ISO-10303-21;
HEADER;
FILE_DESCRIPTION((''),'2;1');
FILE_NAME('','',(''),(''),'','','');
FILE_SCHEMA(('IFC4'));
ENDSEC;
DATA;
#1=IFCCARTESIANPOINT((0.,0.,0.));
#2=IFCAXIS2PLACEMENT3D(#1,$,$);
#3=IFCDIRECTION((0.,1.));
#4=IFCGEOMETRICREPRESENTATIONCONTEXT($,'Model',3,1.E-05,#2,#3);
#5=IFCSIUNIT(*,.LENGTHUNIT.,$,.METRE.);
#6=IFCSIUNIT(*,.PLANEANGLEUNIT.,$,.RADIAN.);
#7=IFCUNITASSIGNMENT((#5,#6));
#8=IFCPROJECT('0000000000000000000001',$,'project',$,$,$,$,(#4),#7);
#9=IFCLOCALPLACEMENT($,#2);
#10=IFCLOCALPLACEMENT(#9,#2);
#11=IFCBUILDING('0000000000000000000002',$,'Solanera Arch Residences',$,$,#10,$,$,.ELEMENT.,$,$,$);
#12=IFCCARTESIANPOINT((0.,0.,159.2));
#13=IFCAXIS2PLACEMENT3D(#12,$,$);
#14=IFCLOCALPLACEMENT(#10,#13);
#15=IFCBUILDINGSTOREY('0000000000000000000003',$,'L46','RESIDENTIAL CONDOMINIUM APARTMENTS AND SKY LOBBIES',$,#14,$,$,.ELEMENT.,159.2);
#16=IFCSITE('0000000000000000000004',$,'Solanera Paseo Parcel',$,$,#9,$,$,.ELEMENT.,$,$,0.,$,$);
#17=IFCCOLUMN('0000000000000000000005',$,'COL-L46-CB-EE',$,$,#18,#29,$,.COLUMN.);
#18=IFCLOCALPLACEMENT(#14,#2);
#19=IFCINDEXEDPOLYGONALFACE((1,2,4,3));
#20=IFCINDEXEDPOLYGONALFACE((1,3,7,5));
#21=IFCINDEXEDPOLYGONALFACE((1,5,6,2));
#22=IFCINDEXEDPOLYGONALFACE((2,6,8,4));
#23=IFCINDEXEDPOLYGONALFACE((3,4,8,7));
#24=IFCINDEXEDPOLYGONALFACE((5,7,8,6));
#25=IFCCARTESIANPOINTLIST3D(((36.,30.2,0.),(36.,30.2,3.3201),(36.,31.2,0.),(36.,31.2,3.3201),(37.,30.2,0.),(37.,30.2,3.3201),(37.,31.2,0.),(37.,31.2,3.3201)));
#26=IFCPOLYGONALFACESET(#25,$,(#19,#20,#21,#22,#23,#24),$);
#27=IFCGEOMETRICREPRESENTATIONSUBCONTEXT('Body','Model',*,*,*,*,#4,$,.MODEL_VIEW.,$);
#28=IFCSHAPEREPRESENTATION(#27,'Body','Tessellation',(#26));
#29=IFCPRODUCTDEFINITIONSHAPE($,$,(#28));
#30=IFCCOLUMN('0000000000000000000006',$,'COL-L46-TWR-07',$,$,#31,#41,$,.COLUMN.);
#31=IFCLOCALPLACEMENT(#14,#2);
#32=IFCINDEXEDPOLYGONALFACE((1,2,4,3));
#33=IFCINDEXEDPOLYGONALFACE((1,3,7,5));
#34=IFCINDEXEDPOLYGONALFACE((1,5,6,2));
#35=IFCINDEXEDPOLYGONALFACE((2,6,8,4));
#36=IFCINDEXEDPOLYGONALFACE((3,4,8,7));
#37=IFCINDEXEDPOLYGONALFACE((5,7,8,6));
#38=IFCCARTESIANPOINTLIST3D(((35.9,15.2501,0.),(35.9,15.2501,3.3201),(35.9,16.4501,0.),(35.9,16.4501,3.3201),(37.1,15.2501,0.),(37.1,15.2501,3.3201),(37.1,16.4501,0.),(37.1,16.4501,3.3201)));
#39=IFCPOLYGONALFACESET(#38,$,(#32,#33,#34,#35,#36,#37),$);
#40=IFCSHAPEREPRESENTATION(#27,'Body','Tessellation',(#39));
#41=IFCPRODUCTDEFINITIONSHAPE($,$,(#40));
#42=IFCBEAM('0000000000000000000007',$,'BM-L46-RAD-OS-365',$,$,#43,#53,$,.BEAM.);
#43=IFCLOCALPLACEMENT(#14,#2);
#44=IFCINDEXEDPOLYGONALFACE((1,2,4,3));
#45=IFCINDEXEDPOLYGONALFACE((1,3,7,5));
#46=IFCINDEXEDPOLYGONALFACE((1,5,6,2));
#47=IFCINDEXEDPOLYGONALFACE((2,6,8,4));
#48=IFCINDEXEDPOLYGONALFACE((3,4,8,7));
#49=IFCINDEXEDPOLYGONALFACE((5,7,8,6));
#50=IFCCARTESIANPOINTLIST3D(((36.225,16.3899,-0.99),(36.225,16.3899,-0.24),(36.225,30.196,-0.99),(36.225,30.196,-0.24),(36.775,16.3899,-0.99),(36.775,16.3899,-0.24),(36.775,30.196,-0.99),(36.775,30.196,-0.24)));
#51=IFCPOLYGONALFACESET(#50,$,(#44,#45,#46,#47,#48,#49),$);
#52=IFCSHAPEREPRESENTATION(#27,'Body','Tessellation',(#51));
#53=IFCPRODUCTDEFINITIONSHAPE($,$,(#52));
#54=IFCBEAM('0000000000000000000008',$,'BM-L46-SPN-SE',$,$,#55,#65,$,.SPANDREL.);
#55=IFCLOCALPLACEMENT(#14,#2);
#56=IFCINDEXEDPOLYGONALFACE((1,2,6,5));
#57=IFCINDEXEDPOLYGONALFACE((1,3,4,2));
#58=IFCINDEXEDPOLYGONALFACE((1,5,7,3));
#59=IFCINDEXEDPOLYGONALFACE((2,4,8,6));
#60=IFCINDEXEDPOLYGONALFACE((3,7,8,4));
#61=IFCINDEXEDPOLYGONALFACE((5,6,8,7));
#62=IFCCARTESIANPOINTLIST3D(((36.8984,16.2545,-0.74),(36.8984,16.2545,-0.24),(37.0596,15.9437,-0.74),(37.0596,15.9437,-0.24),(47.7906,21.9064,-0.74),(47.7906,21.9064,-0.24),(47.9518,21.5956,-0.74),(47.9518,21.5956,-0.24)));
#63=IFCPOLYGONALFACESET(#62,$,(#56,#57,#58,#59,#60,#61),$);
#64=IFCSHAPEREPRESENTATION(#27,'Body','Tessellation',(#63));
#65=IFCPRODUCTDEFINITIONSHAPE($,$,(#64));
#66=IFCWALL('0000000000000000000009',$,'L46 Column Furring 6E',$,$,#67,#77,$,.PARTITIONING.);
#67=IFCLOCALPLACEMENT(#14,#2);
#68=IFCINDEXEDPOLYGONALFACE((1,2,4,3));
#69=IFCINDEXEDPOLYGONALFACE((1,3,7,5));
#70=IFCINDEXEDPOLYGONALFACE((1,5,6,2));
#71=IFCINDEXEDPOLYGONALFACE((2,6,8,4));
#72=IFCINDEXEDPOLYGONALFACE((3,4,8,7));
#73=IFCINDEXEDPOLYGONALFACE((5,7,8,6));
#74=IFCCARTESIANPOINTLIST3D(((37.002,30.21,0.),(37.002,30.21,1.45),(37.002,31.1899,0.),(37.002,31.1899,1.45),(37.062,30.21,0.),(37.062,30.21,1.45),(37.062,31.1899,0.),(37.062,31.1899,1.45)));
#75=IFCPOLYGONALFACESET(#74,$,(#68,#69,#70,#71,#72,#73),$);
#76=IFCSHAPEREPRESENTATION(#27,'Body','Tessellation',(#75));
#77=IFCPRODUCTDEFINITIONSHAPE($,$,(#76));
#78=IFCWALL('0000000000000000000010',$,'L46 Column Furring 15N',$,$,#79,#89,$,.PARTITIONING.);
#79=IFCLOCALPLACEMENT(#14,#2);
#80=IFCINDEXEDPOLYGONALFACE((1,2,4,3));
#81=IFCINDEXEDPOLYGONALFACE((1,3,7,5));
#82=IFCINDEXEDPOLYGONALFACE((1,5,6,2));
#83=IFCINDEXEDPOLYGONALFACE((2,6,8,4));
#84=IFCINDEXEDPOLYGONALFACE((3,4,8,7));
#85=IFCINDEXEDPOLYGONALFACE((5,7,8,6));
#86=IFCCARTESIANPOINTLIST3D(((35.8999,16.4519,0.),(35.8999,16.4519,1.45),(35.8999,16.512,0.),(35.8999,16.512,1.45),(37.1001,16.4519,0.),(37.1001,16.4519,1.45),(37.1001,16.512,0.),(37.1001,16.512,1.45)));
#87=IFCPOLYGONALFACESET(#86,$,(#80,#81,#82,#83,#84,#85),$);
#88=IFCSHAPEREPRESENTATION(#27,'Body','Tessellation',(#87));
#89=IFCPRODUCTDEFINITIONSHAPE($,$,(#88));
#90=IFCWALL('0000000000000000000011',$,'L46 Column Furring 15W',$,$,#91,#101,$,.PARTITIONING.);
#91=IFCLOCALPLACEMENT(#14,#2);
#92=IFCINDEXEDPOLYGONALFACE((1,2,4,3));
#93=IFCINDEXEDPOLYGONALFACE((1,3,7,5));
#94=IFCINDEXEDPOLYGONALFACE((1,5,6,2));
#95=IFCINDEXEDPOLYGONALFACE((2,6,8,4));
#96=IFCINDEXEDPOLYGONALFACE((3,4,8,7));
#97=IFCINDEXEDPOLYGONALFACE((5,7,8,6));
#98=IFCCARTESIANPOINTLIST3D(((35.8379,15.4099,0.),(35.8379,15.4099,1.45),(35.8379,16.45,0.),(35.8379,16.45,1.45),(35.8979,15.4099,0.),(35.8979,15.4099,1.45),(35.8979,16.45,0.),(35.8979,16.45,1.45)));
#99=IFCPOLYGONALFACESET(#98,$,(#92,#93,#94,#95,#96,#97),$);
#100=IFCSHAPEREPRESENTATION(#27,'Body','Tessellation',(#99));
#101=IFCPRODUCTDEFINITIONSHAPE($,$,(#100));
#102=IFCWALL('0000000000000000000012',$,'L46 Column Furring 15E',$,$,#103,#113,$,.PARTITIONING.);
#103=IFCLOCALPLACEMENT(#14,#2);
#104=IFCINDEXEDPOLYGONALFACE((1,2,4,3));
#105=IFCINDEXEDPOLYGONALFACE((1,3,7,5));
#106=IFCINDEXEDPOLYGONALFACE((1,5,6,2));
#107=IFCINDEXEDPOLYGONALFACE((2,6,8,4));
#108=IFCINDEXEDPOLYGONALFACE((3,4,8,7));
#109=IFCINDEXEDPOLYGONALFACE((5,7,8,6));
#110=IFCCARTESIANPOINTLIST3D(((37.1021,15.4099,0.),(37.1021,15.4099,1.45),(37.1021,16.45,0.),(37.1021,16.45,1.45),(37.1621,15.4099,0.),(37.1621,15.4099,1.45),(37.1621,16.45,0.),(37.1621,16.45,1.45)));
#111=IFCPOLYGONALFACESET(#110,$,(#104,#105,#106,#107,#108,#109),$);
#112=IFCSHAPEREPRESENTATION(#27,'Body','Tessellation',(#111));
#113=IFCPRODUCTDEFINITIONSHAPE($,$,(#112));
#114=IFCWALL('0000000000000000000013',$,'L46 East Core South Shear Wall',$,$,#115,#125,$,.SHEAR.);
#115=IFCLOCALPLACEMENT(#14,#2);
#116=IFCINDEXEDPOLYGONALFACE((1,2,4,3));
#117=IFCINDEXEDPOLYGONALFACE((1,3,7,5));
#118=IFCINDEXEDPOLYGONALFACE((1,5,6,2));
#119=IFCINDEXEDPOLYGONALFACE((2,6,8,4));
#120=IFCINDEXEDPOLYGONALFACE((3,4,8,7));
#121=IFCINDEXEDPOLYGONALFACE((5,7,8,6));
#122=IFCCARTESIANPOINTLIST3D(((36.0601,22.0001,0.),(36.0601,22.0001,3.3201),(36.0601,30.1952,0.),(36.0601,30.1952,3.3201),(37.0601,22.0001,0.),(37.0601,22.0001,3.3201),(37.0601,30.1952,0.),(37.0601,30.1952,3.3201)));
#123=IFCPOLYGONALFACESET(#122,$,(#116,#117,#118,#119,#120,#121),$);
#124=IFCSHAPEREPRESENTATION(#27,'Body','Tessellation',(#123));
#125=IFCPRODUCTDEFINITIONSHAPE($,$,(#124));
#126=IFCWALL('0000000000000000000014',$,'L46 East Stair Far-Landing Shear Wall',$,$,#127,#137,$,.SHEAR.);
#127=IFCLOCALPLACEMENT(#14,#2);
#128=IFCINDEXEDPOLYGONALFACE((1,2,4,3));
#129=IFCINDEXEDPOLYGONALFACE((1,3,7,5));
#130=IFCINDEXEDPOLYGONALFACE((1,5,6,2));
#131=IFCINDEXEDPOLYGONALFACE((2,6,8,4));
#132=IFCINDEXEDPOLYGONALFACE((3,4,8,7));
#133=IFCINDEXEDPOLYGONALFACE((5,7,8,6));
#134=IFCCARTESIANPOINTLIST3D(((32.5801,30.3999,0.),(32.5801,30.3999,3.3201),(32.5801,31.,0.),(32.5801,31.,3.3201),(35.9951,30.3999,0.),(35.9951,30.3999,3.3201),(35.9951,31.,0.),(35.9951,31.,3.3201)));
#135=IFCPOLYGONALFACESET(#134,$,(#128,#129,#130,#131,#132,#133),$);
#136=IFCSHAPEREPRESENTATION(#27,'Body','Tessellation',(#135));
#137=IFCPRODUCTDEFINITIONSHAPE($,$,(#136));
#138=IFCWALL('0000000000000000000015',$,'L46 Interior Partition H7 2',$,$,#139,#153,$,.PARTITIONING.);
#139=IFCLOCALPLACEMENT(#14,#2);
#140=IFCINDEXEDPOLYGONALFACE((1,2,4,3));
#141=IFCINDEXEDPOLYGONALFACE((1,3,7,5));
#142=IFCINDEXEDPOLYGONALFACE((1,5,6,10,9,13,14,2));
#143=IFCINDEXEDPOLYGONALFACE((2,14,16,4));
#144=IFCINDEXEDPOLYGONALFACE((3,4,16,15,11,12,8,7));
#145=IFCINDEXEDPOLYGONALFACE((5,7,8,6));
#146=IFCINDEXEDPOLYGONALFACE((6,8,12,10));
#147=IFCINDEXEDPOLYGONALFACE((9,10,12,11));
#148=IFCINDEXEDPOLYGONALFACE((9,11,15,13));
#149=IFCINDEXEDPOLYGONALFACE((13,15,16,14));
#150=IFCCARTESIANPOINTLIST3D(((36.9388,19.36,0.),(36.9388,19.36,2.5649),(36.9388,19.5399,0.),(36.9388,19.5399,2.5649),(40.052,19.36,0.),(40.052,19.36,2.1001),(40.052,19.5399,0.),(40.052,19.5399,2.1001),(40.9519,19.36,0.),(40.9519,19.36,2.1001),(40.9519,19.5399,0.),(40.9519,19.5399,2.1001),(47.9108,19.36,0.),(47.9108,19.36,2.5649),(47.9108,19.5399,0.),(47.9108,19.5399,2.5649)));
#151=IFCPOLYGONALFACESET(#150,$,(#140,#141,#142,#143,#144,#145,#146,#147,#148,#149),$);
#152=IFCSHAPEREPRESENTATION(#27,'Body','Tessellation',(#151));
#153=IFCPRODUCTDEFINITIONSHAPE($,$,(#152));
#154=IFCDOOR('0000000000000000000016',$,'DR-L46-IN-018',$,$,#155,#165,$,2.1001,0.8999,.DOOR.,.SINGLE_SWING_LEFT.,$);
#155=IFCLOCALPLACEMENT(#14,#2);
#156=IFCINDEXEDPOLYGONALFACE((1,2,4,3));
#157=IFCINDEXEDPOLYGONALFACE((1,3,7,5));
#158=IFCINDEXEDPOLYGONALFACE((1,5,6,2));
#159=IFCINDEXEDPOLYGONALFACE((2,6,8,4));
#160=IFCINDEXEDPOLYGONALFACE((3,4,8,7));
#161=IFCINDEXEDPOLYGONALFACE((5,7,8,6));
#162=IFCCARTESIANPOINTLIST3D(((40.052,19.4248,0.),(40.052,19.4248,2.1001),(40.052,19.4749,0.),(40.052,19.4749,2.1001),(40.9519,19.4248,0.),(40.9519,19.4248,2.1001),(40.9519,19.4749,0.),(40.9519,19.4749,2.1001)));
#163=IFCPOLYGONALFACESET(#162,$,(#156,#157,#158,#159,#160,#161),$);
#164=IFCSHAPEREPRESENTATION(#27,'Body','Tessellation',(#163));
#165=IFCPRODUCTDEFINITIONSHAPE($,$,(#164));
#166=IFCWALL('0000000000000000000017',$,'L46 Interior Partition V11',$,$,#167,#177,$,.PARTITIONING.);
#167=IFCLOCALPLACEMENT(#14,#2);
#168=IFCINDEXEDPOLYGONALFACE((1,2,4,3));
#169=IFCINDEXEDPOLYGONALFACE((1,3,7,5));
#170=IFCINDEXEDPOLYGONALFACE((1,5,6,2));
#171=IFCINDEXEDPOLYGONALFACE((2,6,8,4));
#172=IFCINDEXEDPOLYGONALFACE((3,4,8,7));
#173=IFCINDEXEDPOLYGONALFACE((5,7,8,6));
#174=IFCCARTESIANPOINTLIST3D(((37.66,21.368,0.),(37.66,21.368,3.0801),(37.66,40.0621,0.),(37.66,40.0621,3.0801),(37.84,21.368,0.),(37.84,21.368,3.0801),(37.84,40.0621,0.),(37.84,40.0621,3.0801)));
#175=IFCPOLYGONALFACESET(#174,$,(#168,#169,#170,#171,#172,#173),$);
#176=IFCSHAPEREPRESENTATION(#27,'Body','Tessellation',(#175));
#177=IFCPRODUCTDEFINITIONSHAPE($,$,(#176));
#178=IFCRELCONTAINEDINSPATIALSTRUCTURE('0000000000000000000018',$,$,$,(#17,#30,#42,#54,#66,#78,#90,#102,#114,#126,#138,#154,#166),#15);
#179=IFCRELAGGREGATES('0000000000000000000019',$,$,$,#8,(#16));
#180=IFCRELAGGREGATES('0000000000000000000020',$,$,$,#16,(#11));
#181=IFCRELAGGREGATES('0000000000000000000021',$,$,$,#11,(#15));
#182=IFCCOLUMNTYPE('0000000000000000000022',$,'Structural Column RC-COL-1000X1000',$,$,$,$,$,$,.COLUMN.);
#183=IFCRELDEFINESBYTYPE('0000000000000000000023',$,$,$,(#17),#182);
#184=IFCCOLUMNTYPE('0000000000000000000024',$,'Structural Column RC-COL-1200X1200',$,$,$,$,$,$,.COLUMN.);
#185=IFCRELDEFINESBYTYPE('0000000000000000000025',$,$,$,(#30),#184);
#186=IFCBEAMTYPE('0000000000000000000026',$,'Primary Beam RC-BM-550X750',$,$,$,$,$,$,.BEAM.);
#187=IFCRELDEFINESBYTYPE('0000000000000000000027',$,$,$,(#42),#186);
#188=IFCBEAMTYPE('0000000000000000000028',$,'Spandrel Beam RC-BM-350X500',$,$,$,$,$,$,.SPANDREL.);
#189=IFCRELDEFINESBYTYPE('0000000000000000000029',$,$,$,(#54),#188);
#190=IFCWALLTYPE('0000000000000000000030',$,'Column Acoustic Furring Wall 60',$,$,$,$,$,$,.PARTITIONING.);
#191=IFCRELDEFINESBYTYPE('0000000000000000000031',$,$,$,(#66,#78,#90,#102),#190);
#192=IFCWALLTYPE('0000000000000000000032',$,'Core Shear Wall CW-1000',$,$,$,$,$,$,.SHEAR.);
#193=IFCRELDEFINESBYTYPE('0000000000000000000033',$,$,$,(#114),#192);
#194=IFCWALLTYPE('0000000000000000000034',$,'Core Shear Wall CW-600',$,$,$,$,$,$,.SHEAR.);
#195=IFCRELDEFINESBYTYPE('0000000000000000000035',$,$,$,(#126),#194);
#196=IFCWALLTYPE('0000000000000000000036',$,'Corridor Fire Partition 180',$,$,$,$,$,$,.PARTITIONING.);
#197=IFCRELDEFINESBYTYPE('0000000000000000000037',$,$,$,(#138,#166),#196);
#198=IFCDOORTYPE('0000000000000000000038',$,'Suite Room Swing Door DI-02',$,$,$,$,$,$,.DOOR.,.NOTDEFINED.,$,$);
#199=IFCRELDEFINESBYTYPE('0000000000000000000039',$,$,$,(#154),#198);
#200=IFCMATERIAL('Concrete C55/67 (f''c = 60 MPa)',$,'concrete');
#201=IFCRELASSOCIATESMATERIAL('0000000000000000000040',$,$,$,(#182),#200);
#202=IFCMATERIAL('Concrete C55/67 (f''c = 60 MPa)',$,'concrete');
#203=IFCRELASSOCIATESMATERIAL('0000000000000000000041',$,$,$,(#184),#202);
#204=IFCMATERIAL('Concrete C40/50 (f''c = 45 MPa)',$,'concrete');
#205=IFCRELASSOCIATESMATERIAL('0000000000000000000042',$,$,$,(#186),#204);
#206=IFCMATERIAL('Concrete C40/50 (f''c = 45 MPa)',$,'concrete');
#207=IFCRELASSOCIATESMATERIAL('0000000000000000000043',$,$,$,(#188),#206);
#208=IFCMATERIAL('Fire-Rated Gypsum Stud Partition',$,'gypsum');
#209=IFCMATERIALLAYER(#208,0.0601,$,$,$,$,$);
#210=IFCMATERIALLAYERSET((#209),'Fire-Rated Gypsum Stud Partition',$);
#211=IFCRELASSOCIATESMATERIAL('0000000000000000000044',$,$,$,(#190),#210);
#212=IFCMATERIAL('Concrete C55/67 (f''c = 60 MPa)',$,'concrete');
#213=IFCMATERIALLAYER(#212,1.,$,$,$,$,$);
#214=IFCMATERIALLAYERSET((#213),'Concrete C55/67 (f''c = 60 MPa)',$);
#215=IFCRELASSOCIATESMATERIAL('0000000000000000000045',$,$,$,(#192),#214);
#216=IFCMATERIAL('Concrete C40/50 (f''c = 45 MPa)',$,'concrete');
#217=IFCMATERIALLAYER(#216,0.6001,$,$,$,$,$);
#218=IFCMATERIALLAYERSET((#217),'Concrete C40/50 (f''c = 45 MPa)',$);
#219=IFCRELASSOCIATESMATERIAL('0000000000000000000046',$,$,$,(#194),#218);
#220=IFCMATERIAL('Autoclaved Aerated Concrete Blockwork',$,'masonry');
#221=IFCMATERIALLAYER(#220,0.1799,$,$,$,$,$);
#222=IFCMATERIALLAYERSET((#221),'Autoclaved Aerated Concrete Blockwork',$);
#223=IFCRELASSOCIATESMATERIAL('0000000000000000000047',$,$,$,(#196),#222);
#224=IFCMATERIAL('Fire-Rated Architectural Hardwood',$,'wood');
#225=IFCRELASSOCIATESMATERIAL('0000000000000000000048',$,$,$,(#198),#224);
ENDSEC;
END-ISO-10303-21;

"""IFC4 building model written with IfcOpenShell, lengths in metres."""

from ifc_helpers import new_model, si_unit, direction, frame, frame_2d, origin, origin_2d, place, context, subcontext, project, spatial, rectangle, extrude, material, layer, layer_set, material_profile, profile_set, type_object, element, fill, save


model = new_model("IFC4")

# Units and contexts
model_context = context("Model", 3, precision=1e-05, world=origin(), true_north=direction((0.0, 1.0)))
body_context = subcontext(model_context, "Body", "Model", "MODEL_VIEW")
ifc_project = project(units=[si_unit("LENGTHUNIT", "METRE"), si_unit("PLANEANGLEUNIT", "RADIAN")], contexts=[model_context])

# Site, building, storey
site_placement = place(None, origin())
site = spatial("IfcSite", under=ifc_project, at=site_placement, Name="Solanera Paseo Parcel", CompositionType="ELEMENT", RefElevation=0.0)
building_placement = place(site_placement, origin())
building = spatial("IfcBuilding", under=site, at=building_placement, Name="Solanera Arch Residences", CompositionType="ELEMENT")
storey_placement = place(building_placement, frame((0.0, 0.0, 159.2)))
storey = spatial("IfcBuildingStorey", under=building, at=storey_placement, Name="L46", Description="RESIDENTIAL CONDOMINIUM APARTMENTS AND SKY LOBBIES", CompositionType="ELEMENT", Elevation=159.2)

# Columns
ifc_material_1 = material(Name="Concrete C55/67 (f'c = 60 MPa)", Category="concrete")
ifc_material_profile_1 = material_profile(ifc_material_1, rectangle(XDim=1.0, YDim=1.0, at=origin_2d()))
ifc_profile_set_1 = profile_set([ifc_material_profile_1], Name="Concrete C55/67 (f'c = 60 MPa)")
column_type_1 = type_object("IfcColumnType", Name="Structural Column RC-COL-1000X1000", PredefinedType="COLUMN", material=ifc_profile_set_1)
column_1_placement = place(storey_placement, frame((36.5, 30.7, 0.0), z_axis=(0.0, 0.0, 1.0), x_axis=(1.0, 0.0, 0.0)))
element("IfcColumn", 1, at=column_1_placement, inside=storey, type_object=column_type_1, Name="COL-L46-CB-EE", PredefinedType="COLUMN", context=body_context, shape_type="SweptSolid", body=[
    extrude(rectangle(XDim=1.0, YDim=1.0, at=origin_2d()), origin(), (0.0, 0.0, 1.0), 3.3201),
])
ifc_material_2 = material(Name="Concrete C55/67 (f'c = 60 MPa)", Category="concrete")
ifc_material_profile_2 = material_profile(ifc_material_2, rectangle(XDim=1.2, YDim=1.2, at=origin_2d()))
ifc_profile_set_2 = profile_set([ifc_material_profile_2], Name="Concrete C55/67 (f'c = 60 MPa)")
column_type_2 = type_object("IfcColumnType", Name="Structural Column RC-COL-1200X1200", PredefinedType="COLUMN", material=ifc_profile_set_2)
column_2_placement = place(storey_placement, frame((36.5, 15.8501, 0.0), z_axis=(0.0, 0.0, 1.0), x_axis=(1.0, 0.0, 0.0)))
element("IfcColumn", 2, at=column_2_placement, inside=storey, type_object=column_type_2, Name="COL-L46-TWR-07", PredefinedType="COLUMN", context=body_context, shape_type="SweptSolid", body=[
    extrude(rectangle(XDim=1.2, YDim=1.2, at=origin_2d()), origin(), (0.0, 0.0, 1.0), 3.3201),
])

# Beams
ifc_material_3 = material(Name="Concrete C40/50 (f'c = 45 MPa)", Category="concrete")
ifc_material_profile_3 = material_profile(ifc_material_3, rectangle(XDim=0.55, YDim=0.75, at=origin_2d()))
ifc_profile_set_3 = profile_set([ifc_material_profile_3], Name="Concrete C40/50 (f'c = 45 MPa)")
beam_type_1 = type_object("IfcBeamType", Name="Primary Beam RC-BM-550X750", PredefinedType="BEAM", material=ifc_profile_set_3)
beam_1_placement = place(storey_placement, frame((36.5, 16.3899, -0.615), z_axis=(0.0, 1.0, 0.0), x_axis=(-1.0, 0.0, 0.0)))
element("IfcBeam", 3, at=beam_1_placement, inside=storey, type_object=beam_type_1, Name="BM-L46-RAD-OS-365", PredefinedType="BEAM", context=body_context, shape_type="SweptSolid", body=[
    extrude(rectangle(XDim=0.55, YDim=0.75, at=origin_2d()), origin(), (0.0, 0.0, 1.0), 13.8062),
])
ifc_material_4 = material(Name="Concrete C40/50 (f'c = 45 MPa)", Category="concrete")
ifc_material_profile_4 = material_profile(ifc_material_4, rectangle(XDim=0.3501, YDim=0.5, at=origin_2d()))
ifc_profile_set_4 = profile_set([ifc_material_profile_4], Name="Concrete C40/50 (f'c = 45 MPa)")
beam_type_2 = type_object("IfcBeamType", Name="Spandrel Beam RC-BM-350X500", PredefinedType="SPANDREL", material=ifc_profile_set_4)
beam_2_placement = place(storey_placement, frame((36.979, 16.0991, -0.49), z_axis=(0.887618, 0.460581, 0.0), x_axis=(-0.460581, 0.887618, 0.0)))
element("IfcBeam", 4, at=beam_2_placement, inside=storey, type_object=beam_type_2, Name="BM-L46-SPN-SE", PredefinedType="SPANDREL", context=body_context, shape_type="SweptSolid", body=[
    extrude(rectangle(XDim=0.3501, YDim=0.5, at=origin_2d()), origin(), (0.0, 0.0, 1.0), 12.2712),
])

# Walls
ifc_material_5 = material(Name="Fire-Rated Gypsum Stud Partition", Category="gypsum")
ifc_layer_1 = layer(ifc_material_5, 0.0601)
ifc_layer_set_1 = layer_set([ifc_layer_1], Name="Fire-Rated Gypsum Stud Partition")
wall_type_1 = type_object("IfcWallType", Name="Column Acoustic Furring Wall 60", PredefinedType="PARTITIONING", material=ifc_layer_set_1)
wall_1_placement = place(storey_placement, frame((37.032, 30.21, 0.0), z_axis=(0.0, 0.0, 1.0), x_axis=(0.0, 1.0, 0.0)))
element("IfcWall", 5, at=wall_1_placement, inside=storey, type_object=wall_type_1, Name="L46 Column Furring 6E", PredefinedType="PARTITIONING", context=body_context, shape_type="SweptSolid", body=[
    extrude(rectangle(XDim=0.98, YDim=0.0601, at=frame_2d((0.49, 0.0))), origin(), (0.0, 0.0, 1.0), 1.45),
])
wall_2_placement = place(storey_placement, frame((35.8999, 16.4819, 0.0), z_axis=(0.0, 0.0, 1.0), x_axis=(1.0, 0.0, 0.0)))
element("IfcWall", 6, at=wall_2_placement, inside=storey, type_object=wall_type_1, Name="L46 Column Furring 15N", PredefinedType="PARTITIONING", context=body_context, shape_type="SweptSolid", body=[
    extrude(rectangle(XDim=1.2002, YDim=0.0601, at=frame_2d((0.6001, 0.0))), origin(), (0.0, 0.0, 1.0), 1.45),
])
for number, where, z_axis, x_axis, name in (
    (7, (35.8679, 15.4099, 0.0), (0.0, 0.0, 1.0), (0.0, 1.0, 0.0), "L46 Column Furring 15W"),
    (8, (37.1321, 15.4099, 0.0), (0.0, 0.0, 1.0), (0.0, 1.0, 0.0), "L46 Column Furring 15E"),
):
    element("IfcWall", number, at=place(storey_placement, frame(where, z_axis=z_axis, x_axis=x_axis)), inside=storey, type_object=wall_type_1, Name=name, PredefinedType="PARTITIONING", context=body_context, shape_type="SweptSolid", body=[
        extrude(rectangle(XDim=1.04, YDim=0.0601, at=frame_2d((0.52, 0.0))), origin(), (0.0, 0.0, 1.0), 1.45),
    ])
ifc_material_6 = material(Name="Concrete C55/67 (f'c = 60 MPa)", Category="concrete")
ifc_layer_2 = layer(ifc_material_6, 1.0)
ifc_layer_set_2 = layer_set([ifc_layer_2], Name="Concrete C55/67 (f'c = 60 MPa)")
wall_type_2 = type_object("IfcWallType", Name="Core Shear Wall CW-1000", PredefinedType="SHEAR", material=ifc_layer_set_2)
wall_3_placement = place(storey_placement, frame((36.5601, 22.0, 0.0), z_axis=(0.0, 0.0, 1.0), x_axis=(0.0, 1.0, 0.0)))
element("IfcWall", 9, at=wall_3_placement, inside=storey, type_object=wall_type_2, Name="L46 East Core South Shear Wall", PredefinedType="SHEAR", context=body_context, shape_type="SweptSolid", body=[
    extrude(rectangle(XDim=8.1951, YDim=1.0, at=frame_2d((4.0977, 0.0))), origin(), (0.0, 0.0, 1.0), 3.3201),
])
ifc_material_7 = material(Name="Concrete C40/50 (f'c = 45 MPa)", Category="concrete")
ifc_layer_3 = layer(ifc_material_7, 0.6001)
ifc_layer_set_3 = layer_set([ifc_layer_3], Name="Concrete C40/50 (f'c = 45 MPa)")
wall_type_3 = type_object("IfcWallType", Name="Core Shear Wall CW-600", PredefinedType="SHEAR", material=ifc_layer_set_3)
wall_4_placement = place(storey_placement, frame((32.5801, 30.7, 0.0), z_axis=(0.0, 0.0, 1.0), x_axis=(1.0, 0.0, 0.0)))
element("IfcWall", 10, at=wall_4_placement, inside=storey, type_object=wall_type_3, Name="L46 East Stair Far-Landing Shear Wall", PredefinedType="SHEAR", context=body_context, shape_type="SweptSolid", body=[
    extrude(rectangle(XDim=3.415, YDim=0.6001, at=frame_2d((1.7075, 0.0))), origin(), (0.0, 0.0, 1.0), 3.3201),
])

# Wall, opening, door
ifc_material_8 = material(Name="Autoclaved Aerated Concrete Blockwork", Category="masonry")
ifc_layer_4 = layer(ifc_material_8, 0.1799)
ifc_layer_set_4 = layer_set([ifc_layer_4], Name="Autoclaved Aerated Concrete Blockwork")
wall_type_4 = type_object("IfcWallType", Name="Corridor Fire Partition 180", PredefinedType="PARTITIONING", material=ifc_layer_set_4)
wall_5_placement = place(storey_placement, frame((36.939, 19.45, 0.0), z_axis=(0.0, 0.0, 1.0), x_axis=(1.0, 0.0, 0.0)))
wall_5 = element("IfcWall", 11, at=wall_5_placement, inside=storey, type_object=wall_type_4, Name="L46 Interior Partition H7 2", PredefinedType="PARTITIONING", context=body_context, shape_type="SweptSolid", body=[
    extrude(rectangle(XDim=10.9719, YDim=0.1799, at=frame_2d((5.4858, 0.0))), origin(), (0.0, 0.0, 1.0), 2.5649),
])
opening_1_placement = place(wall_5_placement, frame((3.113, 0.0, 0.0)))
opening_1 = element("IfcOpeningElement", 12, at=opening_1_placement, cuts=wall_5, PredefinedType="OPENING", context=body_context, shape_type="SweptSolid", body=[
    extrude(rectangle(XDim=0.8999, YDim=2.1001, at=frame_2d((0.45, 1.05))), frame((0.0, 0.1001, 0.0), z_axis=(0.0, -1.0, 0.0), x_axis=(1.0, 0.0, 0.0)), (0.0, 0.0, 1.0), 0.1999),
])
ifc_material_9 = material(Name="Fire-Rated Architectural Hardwood", Category="wood")
door_type_1 = type_object("IfcDoorType", Name="Suite Room Swing Door DI-02", OperationType="NOTDEFINED", PredefinedType="DOOR", material=ifc_material_9)
door_1_placement = place(opening_1_placement, origin())
door_1 = element("IfcDoor", 13, at=door_1_placement, inside=storey, type_object=door_type_1, Name="DR-L46-IN-018", OperationType="SINGLE_SWING_LEFT", OverallHeight=2.1001, OverallWidth=0.8999, PredefinedType="DOOR", context=body_context, shape_type="SweptSolid", body=[
    extrude(rectangle(XDim=0.8999, YDim=2.1001, at=frame_2d((0.45, 1.05))), frame((0.0, 0.0249, 0.0), z_axis=(0.0, -1.0, 0.0), x_axis=(1.0, 0.0, 0.0)), (0.0, 0.0, 1.0), 0.05),
])
fill(opening_1, door_1)

# Wall
wall_6_placement = place(storey_placement, frame((37.75, 21.3679, 0.0), z_axis=(0.0, 0.0, 1.0), x_axis=(0.0, 1.0, 0.0)))
element("IfcWall", 14, at=wall_6_placement, inside=storey, type_object=wall_type_4, Name="L46 Interior Partition V11", PredefinedType="PARTITIONING", context=body_context, shape_type="SweptSolid", body=[
    extrude(rectangle(XDim=18.6941, YDim=0.1799, at=frame_2d((9.3472, 0.0))), origin(), (0.0, 0.0, 1.0), 3.0801),
])

save(model, "model.ifc")
